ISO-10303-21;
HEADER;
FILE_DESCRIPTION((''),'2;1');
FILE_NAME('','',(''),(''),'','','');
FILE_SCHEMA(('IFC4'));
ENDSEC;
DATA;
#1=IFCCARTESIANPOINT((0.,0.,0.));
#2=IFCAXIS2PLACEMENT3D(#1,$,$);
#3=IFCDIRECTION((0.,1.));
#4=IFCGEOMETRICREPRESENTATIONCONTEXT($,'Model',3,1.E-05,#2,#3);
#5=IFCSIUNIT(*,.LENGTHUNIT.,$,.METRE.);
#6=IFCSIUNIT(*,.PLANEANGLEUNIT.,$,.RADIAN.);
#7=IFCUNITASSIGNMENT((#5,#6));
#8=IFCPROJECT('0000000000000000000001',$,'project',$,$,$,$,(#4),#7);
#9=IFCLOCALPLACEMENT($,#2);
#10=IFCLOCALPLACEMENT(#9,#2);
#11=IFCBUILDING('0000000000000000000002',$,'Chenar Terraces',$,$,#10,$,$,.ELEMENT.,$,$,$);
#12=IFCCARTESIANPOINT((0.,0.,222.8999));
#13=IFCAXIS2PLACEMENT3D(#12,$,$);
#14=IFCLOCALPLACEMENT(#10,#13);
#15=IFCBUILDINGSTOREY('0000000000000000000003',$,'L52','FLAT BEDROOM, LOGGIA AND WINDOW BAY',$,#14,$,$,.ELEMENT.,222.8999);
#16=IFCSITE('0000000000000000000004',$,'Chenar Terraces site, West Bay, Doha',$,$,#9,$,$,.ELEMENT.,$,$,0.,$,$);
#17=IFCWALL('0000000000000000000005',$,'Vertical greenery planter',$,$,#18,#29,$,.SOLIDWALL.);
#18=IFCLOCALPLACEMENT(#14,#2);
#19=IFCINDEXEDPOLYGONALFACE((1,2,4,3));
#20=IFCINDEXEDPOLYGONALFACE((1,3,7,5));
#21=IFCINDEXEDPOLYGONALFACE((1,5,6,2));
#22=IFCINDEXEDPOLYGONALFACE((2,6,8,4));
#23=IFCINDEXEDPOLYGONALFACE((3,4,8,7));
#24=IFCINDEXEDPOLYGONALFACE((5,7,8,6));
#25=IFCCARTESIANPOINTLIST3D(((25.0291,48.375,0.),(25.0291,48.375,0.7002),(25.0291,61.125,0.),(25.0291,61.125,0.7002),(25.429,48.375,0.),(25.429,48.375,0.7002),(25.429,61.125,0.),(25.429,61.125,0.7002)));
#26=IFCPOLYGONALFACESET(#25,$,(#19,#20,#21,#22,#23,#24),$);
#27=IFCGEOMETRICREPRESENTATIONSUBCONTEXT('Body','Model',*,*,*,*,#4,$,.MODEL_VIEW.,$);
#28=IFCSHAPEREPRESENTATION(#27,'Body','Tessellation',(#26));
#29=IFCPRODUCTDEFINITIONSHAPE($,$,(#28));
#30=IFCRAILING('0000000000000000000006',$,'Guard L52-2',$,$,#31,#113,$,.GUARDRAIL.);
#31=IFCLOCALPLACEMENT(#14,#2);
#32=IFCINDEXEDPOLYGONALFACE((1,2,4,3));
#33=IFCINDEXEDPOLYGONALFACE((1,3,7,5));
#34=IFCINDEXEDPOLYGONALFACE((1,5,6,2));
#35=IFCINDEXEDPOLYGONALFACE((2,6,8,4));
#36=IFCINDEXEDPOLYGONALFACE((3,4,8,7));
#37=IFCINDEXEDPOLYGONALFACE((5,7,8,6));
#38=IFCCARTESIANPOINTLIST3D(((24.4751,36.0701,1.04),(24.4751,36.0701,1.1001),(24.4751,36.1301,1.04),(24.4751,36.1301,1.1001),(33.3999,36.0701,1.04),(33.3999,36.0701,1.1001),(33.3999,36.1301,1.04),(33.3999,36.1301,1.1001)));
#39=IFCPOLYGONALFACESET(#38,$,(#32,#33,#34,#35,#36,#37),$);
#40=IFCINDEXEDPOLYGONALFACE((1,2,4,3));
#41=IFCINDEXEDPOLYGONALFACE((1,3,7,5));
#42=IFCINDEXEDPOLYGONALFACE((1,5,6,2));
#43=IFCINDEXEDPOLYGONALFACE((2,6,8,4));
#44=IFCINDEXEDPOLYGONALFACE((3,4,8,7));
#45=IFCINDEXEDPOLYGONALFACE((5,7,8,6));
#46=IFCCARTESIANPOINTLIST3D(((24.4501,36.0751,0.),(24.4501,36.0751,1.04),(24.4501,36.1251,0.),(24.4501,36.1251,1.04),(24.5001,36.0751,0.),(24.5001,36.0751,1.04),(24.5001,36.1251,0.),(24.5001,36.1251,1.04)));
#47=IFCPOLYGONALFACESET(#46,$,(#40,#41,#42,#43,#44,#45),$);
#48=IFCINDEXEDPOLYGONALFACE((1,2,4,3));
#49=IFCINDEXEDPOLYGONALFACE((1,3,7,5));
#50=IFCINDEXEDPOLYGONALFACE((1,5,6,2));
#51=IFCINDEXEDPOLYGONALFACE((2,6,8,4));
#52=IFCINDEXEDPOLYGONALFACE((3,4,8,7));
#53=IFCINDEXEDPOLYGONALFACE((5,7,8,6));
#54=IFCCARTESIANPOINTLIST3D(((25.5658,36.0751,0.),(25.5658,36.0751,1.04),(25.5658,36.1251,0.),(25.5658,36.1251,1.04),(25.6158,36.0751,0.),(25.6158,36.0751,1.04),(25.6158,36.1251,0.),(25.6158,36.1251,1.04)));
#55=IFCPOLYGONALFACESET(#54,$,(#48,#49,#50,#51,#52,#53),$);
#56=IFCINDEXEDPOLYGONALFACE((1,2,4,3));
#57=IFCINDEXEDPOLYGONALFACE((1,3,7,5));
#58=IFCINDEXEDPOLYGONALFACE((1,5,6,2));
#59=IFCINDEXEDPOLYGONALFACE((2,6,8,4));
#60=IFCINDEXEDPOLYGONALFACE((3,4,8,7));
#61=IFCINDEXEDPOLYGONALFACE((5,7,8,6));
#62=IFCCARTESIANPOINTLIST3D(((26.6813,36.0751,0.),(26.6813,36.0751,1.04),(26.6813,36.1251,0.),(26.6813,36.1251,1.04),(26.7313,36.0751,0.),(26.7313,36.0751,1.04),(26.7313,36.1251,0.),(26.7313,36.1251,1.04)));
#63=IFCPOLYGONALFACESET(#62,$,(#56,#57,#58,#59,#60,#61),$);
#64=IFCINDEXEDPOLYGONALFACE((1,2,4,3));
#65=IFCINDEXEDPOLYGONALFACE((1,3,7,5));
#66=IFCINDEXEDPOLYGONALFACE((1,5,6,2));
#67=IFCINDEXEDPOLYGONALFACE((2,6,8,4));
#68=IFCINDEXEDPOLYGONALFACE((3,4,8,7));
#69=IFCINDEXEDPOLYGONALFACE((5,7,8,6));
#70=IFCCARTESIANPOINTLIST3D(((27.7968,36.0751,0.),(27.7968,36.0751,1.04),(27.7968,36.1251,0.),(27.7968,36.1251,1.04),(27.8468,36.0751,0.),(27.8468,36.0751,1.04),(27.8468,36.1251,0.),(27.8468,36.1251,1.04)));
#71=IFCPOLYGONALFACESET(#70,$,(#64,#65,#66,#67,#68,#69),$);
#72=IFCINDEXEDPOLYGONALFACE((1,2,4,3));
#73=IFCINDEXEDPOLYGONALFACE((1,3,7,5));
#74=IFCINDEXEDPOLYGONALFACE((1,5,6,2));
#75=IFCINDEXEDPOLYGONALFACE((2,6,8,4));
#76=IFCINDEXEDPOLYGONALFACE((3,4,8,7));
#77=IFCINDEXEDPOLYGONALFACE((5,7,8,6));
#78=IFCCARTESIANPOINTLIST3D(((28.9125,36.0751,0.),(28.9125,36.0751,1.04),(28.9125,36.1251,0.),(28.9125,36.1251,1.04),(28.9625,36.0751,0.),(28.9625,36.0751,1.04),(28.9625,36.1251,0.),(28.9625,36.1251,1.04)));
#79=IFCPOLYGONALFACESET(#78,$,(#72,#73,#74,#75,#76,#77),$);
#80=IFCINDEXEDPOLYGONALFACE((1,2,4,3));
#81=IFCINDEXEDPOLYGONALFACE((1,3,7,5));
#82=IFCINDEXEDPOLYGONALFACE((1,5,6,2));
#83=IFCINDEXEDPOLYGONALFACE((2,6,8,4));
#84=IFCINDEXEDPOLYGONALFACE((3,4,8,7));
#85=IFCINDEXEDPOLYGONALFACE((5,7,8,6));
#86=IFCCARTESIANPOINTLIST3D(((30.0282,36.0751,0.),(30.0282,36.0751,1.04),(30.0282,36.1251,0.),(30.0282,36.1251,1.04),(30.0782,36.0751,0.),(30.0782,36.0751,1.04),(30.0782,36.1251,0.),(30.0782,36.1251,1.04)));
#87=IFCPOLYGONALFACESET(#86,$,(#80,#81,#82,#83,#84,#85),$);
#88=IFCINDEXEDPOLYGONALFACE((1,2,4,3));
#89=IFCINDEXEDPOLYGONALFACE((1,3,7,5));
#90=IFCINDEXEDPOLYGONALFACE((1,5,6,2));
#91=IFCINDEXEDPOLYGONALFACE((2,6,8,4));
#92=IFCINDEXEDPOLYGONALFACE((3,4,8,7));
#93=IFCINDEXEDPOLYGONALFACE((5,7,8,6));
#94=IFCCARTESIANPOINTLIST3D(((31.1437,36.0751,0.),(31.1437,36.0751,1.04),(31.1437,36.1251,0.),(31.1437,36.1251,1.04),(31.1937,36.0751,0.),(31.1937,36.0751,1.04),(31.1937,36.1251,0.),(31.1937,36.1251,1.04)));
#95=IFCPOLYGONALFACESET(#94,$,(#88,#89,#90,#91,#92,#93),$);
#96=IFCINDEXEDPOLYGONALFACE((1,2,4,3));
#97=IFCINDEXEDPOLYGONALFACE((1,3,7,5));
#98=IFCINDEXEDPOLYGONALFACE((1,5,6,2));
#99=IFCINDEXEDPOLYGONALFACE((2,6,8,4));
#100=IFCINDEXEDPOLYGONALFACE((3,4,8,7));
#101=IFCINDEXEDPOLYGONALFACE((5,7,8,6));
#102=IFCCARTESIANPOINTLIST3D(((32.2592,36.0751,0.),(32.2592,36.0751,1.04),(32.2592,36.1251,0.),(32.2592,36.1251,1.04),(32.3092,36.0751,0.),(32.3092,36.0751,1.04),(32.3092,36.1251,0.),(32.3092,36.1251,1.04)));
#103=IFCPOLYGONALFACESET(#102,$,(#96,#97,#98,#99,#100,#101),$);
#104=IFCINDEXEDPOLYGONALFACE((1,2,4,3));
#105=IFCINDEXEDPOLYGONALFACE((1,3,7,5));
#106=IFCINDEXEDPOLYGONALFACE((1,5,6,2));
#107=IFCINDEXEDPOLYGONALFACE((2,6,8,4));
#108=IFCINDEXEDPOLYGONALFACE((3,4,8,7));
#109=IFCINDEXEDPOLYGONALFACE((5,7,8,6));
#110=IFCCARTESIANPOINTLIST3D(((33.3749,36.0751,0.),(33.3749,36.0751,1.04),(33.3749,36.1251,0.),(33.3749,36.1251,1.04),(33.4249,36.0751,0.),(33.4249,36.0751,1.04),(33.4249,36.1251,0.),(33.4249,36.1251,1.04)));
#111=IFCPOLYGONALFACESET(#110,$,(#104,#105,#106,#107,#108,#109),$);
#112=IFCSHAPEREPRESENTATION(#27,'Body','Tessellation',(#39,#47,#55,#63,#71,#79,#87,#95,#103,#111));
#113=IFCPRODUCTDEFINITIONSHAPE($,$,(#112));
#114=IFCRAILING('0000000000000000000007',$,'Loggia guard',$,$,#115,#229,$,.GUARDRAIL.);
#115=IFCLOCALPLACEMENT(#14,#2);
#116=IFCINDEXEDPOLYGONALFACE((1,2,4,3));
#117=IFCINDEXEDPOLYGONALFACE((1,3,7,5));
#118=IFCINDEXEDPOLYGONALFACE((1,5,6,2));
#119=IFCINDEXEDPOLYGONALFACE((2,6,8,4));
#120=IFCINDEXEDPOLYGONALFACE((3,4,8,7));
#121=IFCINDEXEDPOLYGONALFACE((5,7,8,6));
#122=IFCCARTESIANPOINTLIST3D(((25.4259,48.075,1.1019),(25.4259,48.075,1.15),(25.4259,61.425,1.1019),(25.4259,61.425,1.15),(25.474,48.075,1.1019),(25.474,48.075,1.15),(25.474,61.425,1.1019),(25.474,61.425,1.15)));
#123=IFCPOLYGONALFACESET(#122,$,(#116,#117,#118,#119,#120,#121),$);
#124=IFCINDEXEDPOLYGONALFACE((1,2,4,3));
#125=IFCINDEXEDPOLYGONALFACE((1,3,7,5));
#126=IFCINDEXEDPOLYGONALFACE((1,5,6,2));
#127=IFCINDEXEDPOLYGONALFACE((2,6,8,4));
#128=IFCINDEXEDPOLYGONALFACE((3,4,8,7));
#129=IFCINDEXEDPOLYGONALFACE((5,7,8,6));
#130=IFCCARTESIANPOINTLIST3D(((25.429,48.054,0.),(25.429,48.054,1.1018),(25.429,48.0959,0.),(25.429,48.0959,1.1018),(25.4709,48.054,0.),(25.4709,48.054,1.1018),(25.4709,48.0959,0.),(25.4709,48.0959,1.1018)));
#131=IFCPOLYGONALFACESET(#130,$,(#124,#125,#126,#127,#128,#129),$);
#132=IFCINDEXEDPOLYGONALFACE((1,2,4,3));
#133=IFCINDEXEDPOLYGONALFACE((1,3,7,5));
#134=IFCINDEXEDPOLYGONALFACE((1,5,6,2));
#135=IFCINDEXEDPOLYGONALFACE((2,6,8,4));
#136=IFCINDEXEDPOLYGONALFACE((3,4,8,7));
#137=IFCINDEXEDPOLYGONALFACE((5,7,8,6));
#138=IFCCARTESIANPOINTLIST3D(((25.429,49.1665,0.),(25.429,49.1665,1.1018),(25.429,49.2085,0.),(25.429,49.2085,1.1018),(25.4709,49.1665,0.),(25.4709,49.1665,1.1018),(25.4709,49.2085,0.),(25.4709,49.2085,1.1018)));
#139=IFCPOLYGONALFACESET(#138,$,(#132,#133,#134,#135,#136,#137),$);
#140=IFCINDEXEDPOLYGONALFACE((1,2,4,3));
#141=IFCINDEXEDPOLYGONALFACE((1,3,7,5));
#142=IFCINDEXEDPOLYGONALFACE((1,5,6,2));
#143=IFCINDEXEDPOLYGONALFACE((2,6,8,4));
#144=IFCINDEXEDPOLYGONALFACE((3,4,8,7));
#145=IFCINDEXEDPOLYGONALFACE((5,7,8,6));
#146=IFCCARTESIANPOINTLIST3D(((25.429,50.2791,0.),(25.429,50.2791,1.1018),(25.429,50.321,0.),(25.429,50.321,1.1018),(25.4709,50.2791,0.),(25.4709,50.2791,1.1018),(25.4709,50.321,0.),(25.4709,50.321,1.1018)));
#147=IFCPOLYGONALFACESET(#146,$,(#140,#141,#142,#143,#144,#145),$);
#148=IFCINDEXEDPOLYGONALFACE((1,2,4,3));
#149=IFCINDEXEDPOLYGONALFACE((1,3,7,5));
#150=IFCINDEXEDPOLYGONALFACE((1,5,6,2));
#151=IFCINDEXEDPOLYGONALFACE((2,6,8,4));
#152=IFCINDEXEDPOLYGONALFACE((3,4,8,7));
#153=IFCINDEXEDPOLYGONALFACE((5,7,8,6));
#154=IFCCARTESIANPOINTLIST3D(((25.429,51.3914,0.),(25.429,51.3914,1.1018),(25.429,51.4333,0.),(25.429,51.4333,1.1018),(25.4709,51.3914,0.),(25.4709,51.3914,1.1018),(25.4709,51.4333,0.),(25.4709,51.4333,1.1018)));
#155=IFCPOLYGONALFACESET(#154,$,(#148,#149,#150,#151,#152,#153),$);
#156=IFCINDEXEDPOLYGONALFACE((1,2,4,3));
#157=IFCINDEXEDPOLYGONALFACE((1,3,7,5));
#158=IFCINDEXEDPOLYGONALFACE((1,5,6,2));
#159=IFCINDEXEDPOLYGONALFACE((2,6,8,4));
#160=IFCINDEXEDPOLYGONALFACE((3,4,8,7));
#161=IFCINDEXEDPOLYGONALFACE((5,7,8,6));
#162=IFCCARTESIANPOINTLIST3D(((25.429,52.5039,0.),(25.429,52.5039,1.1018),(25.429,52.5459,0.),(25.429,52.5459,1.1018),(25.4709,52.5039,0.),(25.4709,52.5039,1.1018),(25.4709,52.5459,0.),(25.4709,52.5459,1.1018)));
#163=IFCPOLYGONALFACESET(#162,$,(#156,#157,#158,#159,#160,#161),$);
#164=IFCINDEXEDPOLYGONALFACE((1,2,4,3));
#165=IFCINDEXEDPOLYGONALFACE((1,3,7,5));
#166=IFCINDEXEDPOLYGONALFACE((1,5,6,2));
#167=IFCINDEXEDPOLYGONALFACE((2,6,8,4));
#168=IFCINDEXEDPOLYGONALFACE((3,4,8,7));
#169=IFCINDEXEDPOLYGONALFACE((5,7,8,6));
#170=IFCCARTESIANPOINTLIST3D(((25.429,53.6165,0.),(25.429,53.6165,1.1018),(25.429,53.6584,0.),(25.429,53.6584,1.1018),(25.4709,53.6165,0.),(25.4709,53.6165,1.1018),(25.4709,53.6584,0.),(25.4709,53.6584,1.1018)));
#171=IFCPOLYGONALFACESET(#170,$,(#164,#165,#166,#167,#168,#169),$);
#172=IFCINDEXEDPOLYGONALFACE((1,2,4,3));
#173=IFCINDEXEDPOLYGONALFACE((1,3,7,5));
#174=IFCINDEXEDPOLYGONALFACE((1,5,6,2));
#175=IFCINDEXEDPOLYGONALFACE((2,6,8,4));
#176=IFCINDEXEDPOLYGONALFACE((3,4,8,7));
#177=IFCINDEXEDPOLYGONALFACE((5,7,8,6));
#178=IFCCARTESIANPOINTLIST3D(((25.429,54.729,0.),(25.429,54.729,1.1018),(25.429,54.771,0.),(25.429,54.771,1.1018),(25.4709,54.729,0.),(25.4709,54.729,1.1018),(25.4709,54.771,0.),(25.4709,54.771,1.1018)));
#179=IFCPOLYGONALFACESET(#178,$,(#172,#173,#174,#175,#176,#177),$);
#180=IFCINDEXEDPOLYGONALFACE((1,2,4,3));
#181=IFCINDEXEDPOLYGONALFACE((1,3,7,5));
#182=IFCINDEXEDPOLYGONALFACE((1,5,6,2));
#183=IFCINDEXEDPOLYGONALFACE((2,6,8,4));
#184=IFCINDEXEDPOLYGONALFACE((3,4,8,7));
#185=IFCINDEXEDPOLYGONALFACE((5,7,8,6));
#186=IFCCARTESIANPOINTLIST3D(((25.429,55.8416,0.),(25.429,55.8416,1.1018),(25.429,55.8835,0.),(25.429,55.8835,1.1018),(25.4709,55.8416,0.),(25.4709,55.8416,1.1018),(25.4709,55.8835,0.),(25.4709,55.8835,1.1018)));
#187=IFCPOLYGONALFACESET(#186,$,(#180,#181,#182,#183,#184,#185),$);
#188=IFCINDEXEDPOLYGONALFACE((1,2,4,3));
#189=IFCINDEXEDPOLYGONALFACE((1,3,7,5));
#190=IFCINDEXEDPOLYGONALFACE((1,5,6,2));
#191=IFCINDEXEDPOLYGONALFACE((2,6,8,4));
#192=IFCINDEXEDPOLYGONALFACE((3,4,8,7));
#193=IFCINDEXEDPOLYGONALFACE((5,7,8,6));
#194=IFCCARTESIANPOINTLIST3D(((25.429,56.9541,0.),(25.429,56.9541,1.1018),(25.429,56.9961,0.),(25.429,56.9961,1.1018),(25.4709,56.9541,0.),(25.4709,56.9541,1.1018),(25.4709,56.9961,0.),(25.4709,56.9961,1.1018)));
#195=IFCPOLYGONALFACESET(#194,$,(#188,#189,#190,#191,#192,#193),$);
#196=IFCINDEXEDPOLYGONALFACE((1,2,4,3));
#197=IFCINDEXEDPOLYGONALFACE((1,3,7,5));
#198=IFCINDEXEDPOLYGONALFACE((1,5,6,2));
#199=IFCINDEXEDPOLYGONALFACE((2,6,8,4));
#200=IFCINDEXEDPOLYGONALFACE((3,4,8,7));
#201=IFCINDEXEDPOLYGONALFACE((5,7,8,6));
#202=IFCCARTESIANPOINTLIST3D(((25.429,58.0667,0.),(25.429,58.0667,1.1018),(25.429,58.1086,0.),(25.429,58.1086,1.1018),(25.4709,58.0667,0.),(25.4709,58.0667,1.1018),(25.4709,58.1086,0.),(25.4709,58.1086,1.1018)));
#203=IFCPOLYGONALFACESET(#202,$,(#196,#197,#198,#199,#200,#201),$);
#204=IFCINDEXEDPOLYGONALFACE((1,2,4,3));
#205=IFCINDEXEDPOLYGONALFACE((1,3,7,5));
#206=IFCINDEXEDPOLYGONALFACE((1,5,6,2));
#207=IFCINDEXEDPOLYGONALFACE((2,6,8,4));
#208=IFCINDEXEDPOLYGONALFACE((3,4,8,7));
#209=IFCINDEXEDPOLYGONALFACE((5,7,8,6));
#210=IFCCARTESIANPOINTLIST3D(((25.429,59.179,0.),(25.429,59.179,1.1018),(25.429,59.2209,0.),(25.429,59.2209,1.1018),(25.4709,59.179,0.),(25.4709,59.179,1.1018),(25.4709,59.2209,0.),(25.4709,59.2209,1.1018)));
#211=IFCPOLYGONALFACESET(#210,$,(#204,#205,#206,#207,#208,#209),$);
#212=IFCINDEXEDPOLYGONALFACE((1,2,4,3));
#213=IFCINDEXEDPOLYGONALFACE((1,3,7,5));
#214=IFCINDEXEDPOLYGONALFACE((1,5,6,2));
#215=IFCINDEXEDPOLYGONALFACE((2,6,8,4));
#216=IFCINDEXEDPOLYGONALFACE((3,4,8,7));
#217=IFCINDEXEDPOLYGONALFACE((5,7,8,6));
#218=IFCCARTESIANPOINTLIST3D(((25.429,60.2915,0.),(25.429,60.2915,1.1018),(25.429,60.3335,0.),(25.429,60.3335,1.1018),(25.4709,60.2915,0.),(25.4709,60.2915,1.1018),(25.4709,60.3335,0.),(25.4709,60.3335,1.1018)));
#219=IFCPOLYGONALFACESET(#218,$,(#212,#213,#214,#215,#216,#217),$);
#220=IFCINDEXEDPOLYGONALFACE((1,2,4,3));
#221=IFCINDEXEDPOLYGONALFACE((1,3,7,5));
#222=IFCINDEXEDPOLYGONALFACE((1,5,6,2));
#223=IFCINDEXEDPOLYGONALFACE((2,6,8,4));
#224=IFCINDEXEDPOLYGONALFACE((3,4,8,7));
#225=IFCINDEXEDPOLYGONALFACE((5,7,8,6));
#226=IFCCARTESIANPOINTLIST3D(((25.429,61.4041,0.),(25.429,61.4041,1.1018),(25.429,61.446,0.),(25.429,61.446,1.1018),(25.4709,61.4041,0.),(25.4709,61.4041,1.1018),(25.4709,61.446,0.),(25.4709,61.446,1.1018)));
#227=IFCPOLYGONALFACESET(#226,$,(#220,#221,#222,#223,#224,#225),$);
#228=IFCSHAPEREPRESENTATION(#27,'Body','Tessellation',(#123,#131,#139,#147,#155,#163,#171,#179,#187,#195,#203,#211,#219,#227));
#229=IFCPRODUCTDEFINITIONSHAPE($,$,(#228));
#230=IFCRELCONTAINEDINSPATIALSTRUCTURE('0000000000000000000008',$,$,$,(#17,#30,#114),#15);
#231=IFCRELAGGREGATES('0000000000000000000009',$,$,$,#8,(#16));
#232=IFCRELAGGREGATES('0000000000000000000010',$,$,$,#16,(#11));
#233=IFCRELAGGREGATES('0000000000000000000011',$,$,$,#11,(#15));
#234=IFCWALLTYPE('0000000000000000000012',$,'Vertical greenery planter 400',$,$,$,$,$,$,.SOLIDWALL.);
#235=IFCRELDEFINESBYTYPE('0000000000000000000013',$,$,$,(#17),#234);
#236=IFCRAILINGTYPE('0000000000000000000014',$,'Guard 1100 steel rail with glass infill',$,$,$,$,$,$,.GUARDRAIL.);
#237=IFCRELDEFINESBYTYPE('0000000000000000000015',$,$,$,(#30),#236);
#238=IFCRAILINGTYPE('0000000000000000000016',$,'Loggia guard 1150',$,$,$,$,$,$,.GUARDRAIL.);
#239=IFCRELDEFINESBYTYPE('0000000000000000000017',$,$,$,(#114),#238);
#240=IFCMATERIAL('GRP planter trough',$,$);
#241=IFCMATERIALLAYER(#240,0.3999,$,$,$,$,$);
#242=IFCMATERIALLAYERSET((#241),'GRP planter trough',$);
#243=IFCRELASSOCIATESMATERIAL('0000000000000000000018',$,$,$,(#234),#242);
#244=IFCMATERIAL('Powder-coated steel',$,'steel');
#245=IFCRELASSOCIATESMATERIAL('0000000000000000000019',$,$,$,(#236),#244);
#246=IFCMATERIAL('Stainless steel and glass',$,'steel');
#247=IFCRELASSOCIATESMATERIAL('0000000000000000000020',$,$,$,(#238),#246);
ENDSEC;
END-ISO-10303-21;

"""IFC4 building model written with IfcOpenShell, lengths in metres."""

from ifc_helpers import new_model, si_unit, direction, frame, frame_2d, origin, origin_2d, place, context, subcontext, project, spatial, rectangle, extrude, material, layer, layer_set, type_object, element, save


model = new_model("IFC4")

# Units and contexts
model_context = context("Model", 3, precision=1e-05, world=origin(), true_north=direction((0.0, 1.0)))
body_context = subcontext(model_context, "Body", "Model", "MODEL_VIEW")
ifc_project = project(units=[si_unit("LENGTHUNIT", "METRE"), si_unit("PLANEANGLEUNIT", "RADIAN")], contexts=[model_context])

# Site, building, storey
site_placement = place(None, origin())
site = spatial("IfcSite", under=ifc_project, at=site_placement, Name="Chenar Terraces site, West Bay, Doha", CompositionType="ELEMENT", RefElevation=0.0)
building_placement = place(site_placement, origin())
building = spatial("IfcBuilding", under=site, at=building_placement, Name="Chenar Terraces", CompositionType="ELEMENT")
storey_placement = place(building_placement, frame((0.0, 0.0, 222.8999)))
storey = spatial("IfcBuildingStorey", under=building, at=storey_placement, Name="L52", Description="FLAT BEDROOM, LOGGIA AND WINDOW BAY", CompositionType="ELEMENT", Elevation=222.8999)

# Wall
ifc_material_1 = material(Name="GRP planter trough")
ifc_layer_1 = layer(ifc_material_1, 0.3999)
ifc_layer_set_1 = layer_set([ifc_layer_1], Name="GRP planter trough")
wall_type_1 = type_object("IfcWallType", Name="Vertical greenery planter 400", PredefinedType="SOLIDWALL", material=ifc_layer_set_1)
wall_1_placement = place(storey_placement, frame((25.229, 48.375, 0.0), z_axis=(0.0, 0.0, 1.0), x_axis=(0.0, 1.0, 0.0)))
element("IfcWall", 1, at=wall_1_placement, inside=storey, type_object=wall_type_1, Name="Vertical greenery planter", PredefinedType="SOLIDWALL", context=body_context, shape_type="SweptSolid", body=[
    extrude(rectangle(XDim=12.75, YDim=0.3999, at=frame_2d((6.375, 0.0))), origin(), (0.0, 0.0, 1.0), 0.7002),
])

# Railings
ifc_material_2 = material(Name="Powder-coated steel", Category="steel")
railing_type_1 = type_object("IfcRailingType", Name="Guard 1100 steel rail with glass infill", PredefinedType="GUARDRAIL", material=ifc_material_2)
railing_1_placement = place(storey_placement, frame((24.4751, 36.1001, 0.0)))
element("IfcRailing", 2, at=railing_1_placement, inside=storey, type_object=railing_type_1, Name="Guard L52-2", PredefinedType="GUARDRAIL", context=body_context, shape_type="SweptSolid", body=[
    extrude(rectangle(XDim=0.0601, YDim=0.0601, at=origin_2d()), frame((0.0, 0.0, 1.0701), z_axis=(1.0, 0.0, 0.0), x_axis=(0.0, 1.0, 0.0)), (0.0, 0.0, 1.0), 8.9248),
    extrude(rectangle(XDim=0.05, YDim=0.05, at=origin_2d()), origin(), (0.0, 0.0, 1.0), 1.04),
    extrude(rectangle(XDim=0.05, YDim=0.05, at=origin_2d()), frame((1.1157, 0.0, 0.0)), (0.0, 0.0, 1.0), 1.04),
    extrude(rectangle(XDim=0.05, YDim=0.05, at=origin_2d()), frame((2.2312, 0.0, 0.0)), (0.0, 0.0, 1.0), 1.04),
    extrude(rectangle(XDim=0.05, YDim=0.05, at=origin_2d()), frame((3.3467, 0.0, 0.0)), (0.0, 0.0, 1.0), 1.04),
    extrude(rectangle(XDim=0.05, YDim=0.05, at=origin_2d()), frame((4.4624, 0.0, 0.0)), (0.0, 0.0, 1.0), 1.04),
    extrude(rectangle(XDim=0.05, YDim=0.05, at=origin_2d()), frame((5.5781, 0.0, 0.0)), (0.0, 0.0, 1.0), 1.04),
    extrude(rectangle(XDim=0.05, YDim=0.05, at=origin_2d()), frame((6.6936, 0.0, 0.0)), (0.0, 0.0, 1.0), 1.04),
    extrude(rectangle(XDim=0.05, YDim=0.05, at=origin_2d()), frame((7.8091, 0.0, 0.0)), (0.0, 0.0, 1.0), 1.04),
    extrude(rectangle(XDim=0.05, YDim=0.05, at=origin_2d()), frame((8.9248, 0.0, 0.0)), (0.0, 0.0, 1.0), 1.04),
])
ifc_material_3 = material(Name="Stainless steel and glass", Category="steel")
railing_type_2 = type_object("IfcRailingType", Name="Loggia guard 1150", PredefinedType="GUARDRAIL", material=ifc_material_3)
railing_2_placement = place(storey_placement, frame((25.45, 48.075, 0.0)))
element("IfcRailing", 3, at=railing_2_placement, inside=storey, type_object=railing_type_2, Name="Loggia guard", PredefinedType="GUARDRAIL", context=body_context, shape_type="SweptSolid", body=[
    extrude(rectangle(XDim=0.0481, YDim=0.0481, at=origin_2d()), frame((0.0, 0.0, 1.126), z_axis=(0.0, 1.0, 0.0), x_axis=(-1.0, 0.0, 0.0)), (0.0, 0.0, 1.0), 13.3501),
    extrude(rectangle(XDim=0.042, YDim=0.042, at=origin_2d()), origin(), (0.0, 0.0, 1.0), 1.1018),
    extrude(rectangle(XDim=0.042, YDim=0.042, at=origin_2d()), frame((0.0, 1.1125, 0.0)), (0.0, 0.0, 1.0), 1.1018),
    extrude(rectangle(XDim=0.042, YDim=0.042, at=origin_2d()), frame((0.0, 2.2251, 0.0)), (0.0, 0.0, 1.0), 1.1018),
    extrude(rectangle(XDim=0.042, YDim=0.042, at=origin_2d()), frame((0.0, 3.3374, 0.0)), (0.0, 0.0, 1.0), 1.1018),
    extrude(rectangle(XDim=0.042, YDim=0.042, at=origin_2d()), frame((0.0, 4.45, 0.0)), (0.0, 0.0, 1.0), 1.1018),
    extrude(rectangle(XDim=0.042, YDim=0.042, at=origin_2d()), frame((0.0, 5.5625, 0.0)), (0.0, 0.0, 1.0), 1.1018),
    extrude(rectangle(XDim=0.042, YDim=0.042, at=origin_2d()), frame((0.0, 6.675, 0.0)), (0.0, 0.0, 1.0), 1.1018),
    extrude(rectangle(XDim=0.042, YDim=0.042, at=origin_2d()), frame((0.0, 7.7876, 0.0)), (0.0, 0.0, 1.0), 1.1018),
    extrude(rectangle(XDim=0.042, YDim=0.042, at=origin_2d()), frame((0.0, 8.9001, 0.0)), (0.0, 0.0, 1.0), 1.1018),
    extrude(rectangle(XDim=0.042, YDim=0.042, at=origin_2d()), frame((0.0, 10.0127, 0.0)), (0.0, 0.0, 1.0), 1.1018),
    extrude(rectangle(XDim=0.042, YDim=0.042, at=origin_2d()), frame((0.0, 11.125, 0.0)), (0.0, 0.0, 1.0), 1.1018),
    extrude(rectangle(XDim=0.042, YDim=0.042, at=origin_2d()), frame((0.0, 12.2375, 0.0)), (0.0, 0.0, 1.0), 1.1018),
    extrude(rectangle(XDim=0.042, YDim=0.042, at=origin_2d()), frame((0.0, 13.3501, 0.0)), (0.0, 0.0, 1.0), 1.1018),
])

save(model, "model.ifc")
